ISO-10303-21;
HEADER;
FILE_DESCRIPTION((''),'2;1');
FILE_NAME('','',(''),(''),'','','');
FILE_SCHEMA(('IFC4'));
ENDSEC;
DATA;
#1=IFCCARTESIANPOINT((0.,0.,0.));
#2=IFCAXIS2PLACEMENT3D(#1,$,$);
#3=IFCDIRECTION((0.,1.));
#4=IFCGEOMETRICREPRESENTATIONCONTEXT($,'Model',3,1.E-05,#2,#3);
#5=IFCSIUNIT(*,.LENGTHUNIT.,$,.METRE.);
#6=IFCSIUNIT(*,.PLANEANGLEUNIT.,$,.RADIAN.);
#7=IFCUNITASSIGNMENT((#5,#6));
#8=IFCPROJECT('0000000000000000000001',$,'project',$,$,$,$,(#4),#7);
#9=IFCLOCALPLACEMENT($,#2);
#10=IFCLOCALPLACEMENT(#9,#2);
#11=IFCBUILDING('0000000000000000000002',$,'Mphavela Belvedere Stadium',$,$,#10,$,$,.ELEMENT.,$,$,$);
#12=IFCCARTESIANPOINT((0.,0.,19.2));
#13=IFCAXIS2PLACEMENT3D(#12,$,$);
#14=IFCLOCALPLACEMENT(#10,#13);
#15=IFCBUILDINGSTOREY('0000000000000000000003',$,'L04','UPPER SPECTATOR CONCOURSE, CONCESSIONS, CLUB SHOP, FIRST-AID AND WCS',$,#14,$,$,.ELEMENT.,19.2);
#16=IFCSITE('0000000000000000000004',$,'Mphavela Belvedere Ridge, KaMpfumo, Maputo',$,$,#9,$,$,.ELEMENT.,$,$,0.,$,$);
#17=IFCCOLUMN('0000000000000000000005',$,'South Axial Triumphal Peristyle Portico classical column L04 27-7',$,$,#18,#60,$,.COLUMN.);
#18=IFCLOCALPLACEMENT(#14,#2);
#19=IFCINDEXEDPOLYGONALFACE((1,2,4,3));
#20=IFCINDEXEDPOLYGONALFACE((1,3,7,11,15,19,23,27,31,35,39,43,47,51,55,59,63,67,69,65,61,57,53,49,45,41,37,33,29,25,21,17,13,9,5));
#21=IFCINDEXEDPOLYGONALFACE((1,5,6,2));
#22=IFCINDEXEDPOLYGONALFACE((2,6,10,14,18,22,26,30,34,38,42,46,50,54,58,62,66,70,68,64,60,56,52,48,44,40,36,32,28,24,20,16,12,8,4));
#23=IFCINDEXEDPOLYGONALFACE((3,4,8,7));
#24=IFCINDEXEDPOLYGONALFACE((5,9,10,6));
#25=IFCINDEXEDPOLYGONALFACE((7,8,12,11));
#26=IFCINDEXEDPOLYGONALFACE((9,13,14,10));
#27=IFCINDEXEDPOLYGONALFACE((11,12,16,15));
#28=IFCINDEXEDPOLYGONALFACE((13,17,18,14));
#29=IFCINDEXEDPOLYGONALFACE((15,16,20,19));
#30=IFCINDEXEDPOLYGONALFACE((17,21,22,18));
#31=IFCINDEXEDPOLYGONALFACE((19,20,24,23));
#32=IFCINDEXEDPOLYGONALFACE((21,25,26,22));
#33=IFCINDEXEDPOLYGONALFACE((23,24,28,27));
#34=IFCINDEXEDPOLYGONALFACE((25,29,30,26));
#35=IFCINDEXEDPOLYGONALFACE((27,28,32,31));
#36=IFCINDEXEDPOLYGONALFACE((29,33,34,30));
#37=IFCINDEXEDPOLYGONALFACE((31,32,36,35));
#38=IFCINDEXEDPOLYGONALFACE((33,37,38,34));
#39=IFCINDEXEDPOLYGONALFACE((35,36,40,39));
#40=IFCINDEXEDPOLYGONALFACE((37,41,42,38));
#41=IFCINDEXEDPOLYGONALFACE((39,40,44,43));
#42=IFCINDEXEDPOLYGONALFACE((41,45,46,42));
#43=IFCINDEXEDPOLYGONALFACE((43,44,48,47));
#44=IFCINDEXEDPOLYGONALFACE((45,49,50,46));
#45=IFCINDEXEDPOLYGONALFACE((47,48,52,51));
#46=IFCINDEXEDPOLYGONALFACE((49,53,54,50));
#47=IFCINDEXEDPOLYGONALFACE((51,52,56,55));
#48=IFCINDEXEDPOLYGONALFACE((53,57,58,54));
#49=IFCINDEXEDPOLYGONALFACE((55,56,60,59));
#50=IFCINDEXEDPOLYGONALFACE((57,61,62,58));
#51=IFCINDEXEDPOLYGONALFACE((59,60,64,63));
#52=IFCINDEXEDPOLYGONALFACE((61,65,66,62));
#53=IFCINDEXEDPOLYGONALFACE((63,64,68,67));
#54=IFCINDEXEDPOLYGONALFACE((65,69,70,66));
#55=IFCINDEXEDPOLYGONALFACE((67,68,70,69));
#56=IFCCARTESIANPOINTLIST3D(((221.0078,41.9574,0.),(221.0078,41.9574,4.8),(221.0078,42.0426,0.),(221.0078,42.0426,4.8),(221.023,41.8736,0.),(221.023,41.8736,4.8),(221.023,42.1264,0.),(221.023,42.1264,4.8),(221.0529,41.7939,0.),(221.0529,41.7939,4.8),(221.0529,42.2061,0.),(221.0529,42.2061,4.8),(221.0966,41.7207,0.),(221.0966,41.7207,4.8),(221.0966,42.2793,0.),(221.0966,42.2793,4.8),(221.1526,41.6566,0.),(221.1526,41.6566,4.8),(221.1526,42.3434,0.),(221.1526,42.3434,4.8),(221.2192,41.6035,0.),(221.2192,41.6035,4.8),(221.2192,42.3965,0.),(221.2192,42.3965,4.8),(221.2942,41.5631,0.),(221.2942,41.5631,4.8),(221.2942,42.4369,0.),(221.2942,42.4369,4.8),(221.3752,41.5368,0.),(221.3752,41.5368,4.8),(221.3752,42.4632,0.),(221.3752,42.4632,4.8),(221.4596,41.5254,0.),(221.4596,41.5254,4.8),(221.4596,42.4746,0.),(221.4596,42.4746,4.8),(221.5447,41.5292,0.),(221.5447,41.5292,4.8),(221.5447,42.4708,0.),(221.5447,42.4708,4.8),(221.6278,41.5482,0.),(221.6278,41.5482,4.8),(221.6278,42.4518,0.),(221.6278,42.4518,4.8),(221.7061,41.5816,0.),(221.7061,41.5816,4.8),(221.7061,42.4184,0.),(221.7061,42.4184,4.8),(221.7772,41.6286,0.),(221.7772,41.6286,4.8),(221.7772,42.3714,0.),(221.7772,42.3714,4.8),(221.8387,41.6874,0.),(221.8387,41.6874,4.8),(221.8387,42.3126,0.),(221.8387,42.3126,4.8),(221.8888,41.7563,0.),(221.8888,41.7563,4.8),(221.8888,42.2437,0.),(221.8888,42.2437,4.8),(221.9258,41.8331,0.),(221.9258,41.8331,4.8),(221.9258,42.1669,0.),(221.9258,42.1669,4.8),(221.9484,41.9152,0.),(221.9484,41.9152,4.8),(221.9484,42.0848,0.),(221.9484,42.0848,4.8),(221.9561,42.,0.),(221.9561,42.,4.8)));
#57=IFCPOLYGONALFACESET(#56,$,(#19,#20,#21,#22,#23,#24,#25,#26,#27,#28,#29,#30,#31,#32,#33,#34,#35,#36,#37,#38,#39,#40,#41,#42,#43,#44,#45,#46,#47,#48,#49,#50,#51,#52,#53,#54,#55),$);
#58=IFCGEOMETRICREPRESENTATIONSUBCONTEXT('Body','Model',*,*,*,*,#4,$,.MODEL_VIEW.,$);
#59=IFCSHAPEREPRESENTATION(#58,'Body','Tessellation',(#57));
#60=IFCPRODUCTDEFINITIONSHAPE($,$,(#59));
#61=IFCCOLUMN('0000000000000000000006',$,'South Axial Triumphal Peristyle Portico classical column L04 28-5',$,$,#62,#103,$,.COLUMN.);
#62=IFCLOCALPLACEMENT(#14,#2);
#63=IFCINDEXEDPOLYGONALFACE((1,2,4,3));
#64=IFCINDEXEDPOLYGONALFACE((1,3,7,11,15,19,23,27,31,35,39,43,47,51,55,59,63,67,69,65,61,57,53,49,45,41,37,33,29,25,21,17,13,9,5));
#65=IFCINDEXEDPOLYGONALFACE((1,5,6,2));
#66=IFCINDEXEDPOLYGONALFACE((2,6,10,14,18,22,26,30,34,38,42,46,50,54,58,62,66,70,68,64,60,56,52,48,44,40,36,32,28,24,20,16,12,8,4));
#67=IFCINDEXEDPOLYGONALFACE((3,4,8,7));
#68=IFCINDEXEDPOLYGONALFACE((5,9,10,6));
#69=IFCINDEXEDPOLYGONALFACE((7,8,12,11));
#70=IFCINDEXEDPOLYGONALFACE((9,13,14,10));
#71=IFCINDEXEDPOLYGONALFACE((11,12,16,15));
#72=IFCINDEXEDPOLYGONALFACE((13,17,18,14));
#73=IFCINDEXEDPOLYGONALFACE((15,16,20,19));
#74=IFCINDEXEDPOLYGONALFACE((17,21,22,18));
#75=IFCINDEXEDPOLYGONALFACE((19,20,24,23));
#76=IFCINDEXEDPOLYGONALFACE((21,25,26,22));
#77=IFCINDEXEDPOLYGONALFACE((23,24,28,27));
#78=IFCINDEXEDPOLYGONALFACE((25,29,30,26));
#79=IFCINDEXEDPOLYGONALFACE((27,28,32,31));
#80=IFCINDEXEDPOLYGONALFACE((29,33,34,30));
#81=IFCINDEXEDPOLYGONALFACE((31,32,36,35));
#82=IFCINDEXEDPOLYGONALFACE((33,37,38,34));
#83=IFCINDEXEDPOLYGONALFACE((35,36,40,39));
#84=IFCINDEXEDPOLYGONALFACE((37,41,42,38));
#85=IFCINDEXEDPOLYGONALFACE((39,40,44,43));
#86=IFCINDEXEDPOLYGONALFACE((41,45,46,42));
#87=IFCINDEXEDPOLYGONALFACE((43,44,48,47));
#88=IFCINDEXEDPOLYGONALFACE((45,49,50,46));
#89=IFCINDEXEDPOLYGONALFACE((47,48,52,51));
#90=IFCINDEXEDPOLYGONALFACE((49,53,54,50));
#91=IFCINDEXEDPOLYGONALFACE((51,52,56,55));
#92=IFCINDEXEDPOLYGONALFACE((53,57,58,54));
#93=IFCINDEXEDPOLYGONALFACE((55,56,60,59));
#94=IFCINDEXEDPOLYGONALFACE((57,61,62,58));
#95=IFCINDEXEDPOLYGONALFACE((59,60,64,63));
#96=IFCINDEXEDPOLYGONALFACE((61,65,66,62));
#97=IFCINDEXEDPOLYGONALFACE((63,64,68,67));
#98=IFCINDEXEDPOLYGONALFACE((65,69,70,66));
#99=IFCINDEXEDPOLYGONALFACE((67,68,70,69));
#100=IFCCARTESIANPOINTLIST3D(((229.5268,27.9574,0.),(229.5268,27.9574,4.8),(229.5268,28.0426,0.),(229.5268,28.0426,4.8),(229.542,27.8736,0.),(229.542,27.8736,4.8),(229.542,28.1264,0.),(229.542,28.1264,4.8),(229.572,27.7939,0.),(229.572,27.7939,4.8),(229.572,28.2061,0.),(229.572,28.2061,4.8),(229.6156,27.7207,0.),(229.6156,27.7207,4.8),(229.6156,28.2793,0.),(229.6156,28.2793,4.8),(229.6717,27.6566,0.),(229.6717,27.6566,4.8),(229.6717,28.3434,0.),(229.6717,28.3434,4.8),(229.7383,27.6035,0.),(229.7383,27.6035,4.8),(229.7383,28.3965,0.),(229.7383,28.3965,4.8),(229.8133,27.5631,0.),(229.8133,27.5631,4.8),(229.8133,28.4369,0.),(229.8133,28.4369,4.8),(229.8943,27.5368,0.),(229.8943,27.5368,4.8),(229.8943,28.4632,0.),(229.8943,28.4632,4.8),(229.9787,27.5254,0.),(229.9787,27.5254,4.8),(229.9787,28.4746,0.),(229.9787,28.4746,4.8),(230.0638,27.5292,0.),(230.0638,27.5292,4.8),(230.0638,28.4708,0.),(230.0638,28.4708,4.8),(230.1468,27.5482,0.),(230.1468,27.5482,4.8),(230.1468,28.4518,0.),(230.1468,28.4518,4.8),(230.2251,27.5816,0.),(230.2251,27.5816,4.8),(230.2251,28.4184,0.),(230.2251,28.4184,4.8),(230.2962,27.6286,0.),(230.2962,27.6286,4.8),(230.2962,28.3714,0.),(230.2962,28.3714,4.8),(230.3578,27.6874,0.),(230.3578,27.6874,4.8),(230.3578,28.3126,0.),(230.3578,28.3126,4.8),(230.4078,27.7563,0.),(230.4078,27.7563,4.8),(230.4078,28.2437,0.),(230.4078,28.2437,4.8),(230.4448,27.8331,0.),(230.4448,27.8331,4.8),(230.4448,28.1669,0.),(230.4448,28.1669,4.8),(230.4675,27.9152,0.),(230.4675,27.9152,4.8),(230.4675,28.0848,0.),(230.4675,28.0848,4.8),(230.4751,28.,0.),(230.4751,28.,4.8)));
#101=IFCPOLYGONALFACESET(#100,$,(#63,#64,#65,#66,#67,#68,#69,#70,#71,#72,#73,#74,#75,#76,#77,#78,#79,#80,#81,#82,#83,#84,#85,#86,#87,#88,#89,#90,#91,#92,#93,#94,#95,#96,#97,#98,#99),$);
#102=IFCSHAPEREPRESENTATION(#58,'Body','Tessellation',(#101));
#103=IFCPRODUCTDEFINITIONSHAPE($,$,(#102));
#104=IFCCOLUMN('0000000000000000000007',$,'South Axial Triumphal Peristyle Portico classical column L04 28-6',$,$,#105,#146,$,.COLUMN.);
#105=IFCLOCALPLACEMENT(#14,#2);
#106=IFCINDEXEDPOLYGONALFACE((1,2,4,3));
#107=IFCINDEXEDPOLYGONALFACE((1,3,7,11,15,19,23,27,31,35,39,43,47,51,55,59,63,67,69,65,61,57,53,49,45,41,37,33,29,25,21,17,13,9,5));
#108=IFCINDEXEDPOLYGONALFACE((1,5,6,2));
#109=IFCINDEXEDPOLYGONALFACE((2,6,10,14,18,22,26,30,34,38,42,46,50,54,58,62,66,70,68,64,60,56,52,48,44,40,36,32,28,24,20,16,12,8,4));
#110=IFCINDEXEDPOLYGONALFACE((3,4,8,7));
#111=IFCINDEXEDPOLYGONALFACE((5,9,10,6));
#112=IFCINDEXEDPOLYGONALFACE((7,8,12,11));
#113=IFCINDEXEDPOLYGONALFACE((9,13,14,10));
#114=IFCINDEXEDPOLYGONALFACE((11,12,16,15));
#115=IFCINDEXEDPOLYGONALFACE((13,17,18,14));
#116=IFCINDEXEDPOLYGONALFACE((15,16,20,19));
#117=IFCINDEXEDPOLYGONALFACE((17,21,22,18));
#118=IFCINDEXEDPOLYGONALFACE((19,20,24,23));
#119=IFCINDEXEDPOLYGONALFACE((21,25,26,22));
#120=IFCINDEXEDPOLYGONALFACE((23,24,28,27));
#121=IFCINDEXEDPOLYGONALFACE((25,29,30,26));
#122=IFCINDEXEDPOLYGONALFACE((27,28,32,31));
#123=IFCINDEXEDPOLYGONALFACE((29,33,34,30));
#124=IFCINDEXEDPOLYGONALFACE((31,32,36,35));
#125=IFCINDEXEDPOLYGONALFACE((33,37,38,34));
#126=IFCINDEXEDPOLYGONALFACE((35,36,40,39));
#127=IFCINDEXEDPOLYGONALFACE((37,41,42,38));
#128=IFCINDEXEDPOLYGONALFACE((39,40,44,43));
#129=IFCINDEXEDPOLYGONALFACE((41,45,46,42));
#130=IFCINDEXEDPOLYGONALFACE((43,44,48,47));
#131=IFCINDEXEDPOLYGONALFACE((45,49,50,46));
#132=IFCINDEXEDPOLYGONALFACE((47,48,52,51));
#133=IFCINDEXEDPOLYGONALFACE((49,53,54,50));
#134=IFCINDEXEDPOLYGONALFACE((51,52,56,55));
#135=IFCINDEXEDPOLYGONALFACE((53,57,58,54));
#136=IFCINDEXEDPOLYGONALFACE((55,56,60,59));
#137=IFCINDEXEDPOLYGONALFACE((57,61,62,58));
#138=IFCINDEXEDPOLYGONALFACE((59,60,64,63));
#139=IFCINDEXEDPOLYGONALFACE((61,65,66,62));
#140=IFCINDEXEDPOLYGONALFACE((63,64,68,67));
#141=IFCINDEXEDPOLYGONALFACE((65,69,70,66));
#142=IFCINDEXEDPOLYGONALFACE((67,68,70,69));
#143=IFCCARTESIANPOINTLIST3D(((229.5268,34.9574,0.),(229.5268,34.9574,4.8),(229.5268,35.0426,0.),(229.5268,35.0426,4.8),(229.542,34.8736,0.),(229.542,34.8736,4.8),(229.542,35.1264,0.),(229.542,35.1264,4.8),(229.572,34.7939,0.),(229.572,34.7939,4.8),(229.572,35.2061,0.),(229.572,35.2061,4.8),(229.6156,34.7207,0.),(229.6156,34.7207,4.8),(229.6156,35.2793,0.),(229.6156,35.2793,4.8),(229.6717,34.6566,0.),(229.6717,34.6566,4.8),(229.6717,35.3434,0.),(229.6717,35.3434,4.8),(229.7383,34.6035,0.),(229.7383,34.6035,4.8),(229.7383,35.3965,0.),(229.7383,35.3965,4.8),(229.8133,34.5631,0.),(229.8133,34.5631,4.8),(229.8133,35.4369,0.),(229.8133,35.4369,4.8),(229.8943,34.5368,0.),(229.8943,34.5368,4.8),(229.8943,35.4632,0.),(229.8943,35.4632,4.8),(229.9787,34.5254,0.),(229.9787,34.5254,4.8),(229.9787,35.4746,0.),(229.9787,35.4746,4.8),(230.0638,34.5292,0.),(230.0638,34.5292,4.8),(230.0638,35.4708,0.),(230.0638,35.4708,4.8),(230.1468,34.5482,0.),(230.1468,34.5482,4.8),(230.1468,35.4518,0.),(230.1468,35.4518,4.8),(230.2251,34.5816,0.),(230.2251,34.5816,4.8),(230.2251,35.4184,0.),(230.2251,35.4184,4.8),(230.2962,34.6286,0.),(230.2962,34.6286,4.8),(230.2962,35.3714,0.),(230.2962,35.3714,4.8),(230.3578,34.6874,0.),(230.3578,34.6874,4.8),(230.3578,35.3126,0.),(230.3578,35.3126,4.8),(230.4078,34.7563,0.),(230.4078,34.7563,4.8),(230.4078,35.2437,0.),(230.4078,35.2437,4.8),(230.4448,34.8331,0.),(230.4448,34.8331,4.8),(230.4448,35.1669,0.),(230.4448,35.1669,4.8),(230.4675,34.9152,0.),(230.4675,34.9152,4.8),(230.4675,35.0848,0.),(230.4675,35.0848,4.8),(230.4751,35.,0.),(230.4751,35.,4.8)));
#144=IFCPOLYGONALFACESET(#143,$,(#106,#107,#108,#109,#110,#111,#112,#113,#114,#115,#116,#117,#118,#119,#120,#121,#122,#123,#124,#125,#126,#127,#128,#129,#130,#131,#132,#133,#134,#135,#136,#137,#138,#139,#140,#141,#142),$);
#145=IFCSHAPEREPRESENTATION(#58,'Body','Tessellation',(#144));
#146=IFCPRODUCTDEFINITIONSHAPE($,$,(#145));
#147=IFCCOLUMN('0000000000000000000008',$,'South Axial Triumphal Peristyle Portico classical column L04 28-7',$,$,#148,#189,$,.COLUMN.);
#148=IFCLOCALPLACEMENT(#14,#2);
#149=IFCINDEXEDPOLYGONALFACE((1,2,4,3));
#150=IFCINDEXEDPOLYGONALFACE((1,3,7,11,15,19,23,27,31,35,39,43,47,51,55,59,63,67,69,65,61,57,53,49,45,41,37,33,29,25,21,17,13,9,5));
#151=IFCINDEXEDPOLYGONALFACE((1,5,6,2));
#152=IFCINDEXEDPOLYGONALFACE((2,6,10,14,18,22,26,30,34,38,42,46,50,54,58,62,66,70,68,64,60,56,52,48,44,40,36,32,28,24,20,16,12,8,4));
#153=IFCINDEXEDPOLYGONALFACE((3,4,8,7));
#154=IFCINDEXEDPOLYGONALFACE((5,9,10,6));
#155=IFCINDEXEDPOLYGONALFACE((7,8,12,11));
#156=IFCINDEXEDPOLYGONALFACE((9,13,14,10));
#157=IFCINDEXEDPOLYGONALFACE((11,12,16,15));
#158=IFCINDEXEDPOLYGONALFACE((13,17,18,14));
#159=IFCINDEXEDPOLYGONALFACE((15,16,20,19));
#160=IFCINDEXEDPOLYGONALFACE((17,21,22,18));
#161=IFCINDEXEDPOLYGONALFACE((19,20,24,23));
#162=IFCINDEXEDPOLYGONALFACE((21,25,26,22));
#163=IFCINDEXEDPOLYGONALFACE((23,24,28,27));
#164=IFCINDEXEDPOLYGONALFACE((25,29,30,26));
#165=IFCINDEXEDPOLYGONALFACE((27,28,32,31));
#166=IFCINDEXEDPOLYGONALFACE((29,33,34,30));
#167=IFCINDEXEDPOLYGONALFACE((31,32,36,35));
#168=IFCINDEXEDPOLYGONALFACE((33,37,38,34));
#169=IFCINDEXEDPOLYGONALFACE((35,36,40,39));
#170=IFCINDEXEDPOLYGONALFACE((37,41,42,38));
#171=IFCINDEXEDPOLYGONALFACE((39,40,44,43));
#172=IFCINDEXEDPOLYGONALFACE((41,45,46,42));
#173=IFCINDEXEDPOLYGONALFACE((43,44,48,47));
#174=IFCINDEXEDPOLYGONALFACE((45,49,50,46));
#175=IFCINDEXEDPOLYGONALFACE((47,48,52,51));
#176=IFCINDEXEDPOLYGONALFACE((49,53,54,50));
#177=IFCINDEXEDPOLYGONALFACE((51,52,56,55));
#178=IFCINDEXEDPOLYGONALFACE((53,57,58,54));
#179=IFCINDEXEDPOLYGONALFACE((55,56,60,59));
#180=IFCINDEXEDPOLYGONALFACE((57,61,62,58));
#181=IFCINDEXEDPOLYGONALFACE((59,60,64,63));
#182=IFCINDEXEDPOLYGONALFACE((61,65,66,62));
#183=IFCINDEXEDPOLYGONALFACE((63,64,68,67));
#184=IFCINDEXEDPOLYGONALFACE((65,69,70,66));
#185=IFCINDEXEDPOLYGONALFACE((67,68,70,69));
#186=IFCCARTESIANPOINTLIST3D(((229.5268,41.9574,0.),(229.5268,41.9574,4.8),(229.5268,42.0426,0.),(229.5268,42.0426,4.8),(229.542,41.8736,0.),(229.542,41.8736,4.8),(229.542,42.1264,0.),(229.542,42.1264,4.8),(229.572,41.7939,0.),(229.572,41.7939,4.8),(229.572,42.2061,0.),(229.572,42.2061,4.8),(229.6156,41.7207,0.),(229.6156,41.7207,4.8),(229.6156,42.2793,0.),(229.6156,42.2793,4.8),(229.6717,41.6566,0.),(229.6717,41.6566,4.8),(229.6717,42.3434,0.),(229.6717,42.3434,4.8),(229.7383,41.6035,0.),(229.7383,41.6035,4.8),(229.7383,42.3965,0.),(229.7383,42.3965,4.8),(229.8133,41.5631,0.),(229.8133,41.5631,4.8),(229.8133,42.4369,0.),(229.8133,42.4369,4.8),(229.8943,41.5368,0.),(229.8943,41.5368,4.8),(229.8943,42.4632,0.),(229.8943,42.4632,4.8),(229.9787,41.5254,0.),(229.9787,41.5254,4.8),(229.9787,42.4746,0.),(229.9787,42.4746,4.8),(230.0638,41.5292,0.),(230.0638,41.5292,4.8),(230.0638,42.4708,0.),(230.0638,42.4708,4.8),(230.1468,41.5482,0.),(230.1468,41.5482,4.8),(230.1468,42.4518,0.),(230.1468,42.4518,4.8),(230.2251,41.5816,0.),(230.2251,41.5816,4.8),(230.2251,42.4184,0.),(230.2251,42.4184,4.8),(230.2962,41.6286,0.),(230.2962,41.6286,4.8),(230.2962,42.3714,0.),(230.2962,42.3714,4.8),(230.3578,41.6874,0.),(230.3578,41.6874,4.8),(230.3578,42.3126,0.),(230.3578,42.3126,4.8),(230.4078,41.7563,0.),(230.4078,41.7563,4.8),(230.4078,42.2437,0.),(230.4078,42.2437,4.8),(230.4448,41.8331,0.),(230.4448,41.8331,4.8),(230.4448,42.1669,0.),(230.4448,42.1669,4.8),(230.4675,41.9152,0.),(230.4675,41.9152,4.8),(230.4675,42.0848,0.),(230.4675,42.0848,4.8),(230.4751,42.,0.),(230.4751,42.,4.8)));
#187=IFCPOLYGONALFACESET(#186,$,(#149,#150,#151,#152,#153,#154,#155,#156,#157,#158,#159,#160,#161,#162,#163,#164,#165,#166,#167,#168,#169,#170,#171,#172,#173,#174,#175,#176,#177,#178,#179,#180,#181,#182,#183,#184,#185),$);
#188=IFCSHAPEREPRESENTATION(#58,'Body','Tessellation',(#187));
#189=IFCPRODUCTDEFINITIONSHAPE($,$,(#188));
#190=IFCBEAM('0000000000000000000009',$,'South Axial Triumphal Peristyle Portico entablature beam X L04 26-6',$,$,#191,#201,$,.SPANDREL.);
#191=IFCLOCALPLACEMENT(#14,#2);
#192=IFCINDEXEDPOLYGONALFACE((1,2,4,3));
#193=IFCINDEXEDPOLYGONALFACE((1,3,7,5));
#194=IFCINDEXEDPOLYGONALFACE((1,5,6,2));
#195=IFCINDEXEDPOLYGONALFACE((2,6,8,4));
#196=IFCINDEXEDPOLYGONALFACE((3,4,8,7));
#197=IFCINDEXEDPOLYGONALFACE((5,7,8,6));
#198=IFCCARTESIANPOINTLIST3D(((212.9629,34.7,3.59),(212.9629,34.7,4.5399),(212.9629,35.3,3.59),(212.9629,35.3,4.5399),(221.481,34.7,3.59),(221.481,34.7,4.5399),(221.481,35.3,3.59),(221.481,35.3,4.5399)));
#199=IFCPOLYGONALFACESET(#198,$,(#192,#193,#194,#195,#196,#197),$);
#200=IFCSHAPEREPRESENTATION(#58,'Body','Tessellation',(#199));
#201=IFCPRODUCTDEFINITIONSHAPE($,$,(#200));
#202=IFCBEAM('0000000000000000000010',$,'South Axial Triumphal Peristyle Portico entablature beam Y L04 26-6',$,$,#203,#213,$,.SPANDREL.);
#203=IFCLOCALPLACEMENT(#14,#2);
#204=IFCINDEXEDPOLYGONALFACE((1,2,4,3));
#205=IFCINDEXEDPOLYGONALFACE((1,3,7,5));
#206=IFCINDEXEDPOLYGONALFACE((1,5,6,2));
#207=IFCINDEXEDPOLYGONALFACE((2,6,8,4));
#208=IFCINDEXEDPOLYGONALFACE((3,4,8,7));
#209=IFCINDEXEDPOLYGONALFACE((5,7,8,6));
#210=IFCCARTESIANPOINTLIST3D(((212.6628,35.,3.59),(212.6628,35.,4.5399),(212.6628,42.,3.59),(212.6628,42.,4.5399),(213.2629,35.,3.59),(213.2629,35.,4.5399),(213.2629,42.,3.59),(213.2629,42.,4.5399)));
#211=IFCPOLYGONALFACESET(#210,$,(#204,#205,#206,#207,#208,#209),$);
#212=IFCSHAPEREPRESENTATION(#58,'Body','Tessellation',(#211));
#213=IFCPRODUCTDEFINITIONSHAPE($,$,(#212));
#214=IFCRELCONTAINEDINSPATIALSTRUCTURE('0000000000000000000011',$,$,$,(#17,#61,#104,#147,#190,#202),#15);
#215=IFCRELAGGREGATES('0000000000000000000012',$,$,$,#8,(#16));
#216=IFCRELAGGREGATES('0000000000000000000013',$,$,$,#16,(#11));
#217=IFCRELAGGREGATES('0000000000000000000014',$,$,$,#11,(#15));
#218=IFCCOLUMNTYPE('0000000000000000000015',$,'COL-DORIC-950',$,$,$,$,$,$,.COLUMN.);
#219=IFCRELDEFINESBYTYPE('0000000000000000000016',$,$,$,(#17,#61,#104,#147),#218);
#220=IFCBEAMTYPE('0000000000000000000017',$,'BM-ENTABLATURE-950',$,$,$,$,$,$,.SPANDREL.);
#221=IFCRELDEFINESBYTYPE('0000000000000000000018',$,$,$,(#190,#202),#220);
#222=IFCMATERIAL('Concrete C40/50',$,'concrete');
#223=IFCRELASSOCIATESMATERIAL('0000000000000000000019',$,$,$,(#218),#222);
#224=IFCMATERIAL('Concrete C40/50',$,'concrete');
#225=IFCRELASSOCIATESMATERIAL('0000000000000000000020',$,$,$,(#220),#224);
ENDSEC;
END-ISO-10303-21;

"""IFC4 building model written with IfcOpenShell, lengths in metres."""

from ifc_helpers import new_model, si_unit, direction, frame, origin, origin_2d, place, context, subcontext, project, spatial, rectangle, circle, extrude, material, material_profile, profile_set, type_object, element, save


model = new_model("IFC4")

# Units and contexts
model_context = context("Model", 3, precision=1e-05, world=origin(), true_north=direction((0.0, 1.0)))
body_context = subcontext(model_context, "Body", "Model", "MODEL_VIEW")
ifc_project = project(units=[si_unit("LENGTHUNIT", "METRE"), si_unit("PLANEANGLEUNIT", "RADIAN")], contexts=[model_context])

# Site, building, storey
site_placement = place(None, origin())
site = spatial("IfcSite", under=ifc_project, at=site_placement, Name="Mphavela Belvedere Ridge, KaMpfumo, Maputo", CompositionType="ELEMENT", RefElevation=0.0)
building_placement = place(site_placement, origin())
building = spatial("IfcBuilding", under=site, at=building_placement, Name="Mphavela Belvedere Stadium", CompositionType="ELEMENT")
storey_placement = place(building_placement, frame((0.0, 0.0, 19.2)))
storey = spatial("IfcBuildingStorey", under=building, at=storey_placement, Name="L04", Description="UPPER SPECTATOR CONCOURSE, CONCESSIONS, CLUB SHOP, FIRST-AID AND WCS", CompositionType="ELEMENT", Elevation=19.2)

# Columns
ifc_material_1 = material(Name="Concrete C40/50", Category="concrete")
ifc_material_profile_1 = material_profile(ifc_material_1, circle(Radius=0.4751, at=origin_2d()), Name="COL D950")
ifc_profile_set_1 = profile_set([ifc_material_profile_1], Name="Concrete C40/50")
column_type = type_object("IfcColumnType", Name="COL-DORIC-950", PredefinedType="COLUMN", material=ifc_profile_set_1)
for number, where, z_axis, x_axis, name in (
    (1, (221.481, 42.0, 0.0), (0.0, 0.0, 1.0), (1.0, 0.0, 0.0), "South Axial Triumphal Peristyle Portico classical column L04 27-7"),
    (2, (230.0, 28.0, 0.0), (0.0, 0.0, 1.0), (1.0, 0.0, 0.0), "South Axial Triumphal Peristyle Portico classical column L04 28-5"),
    (3, (230.0, 35.0, 0.0), (0.0, 0.0, 1.0), (1.0, 0.0, 0.0), "South Axial Triumphal Peristyle Portico classical column L04 28-6"),
    (4, (230.0, 42.0, 0.0), (0.0, 0.0, 1.0), (1.0, 0.0, 0.0), "South Axial Triumphal Peristyle Portico classical column L04 28-7"),
):
    element("IfcColumn", number, at=place(storey_placement, frame(where, z_axis=z_axis, x_axis=x_axis)), inside=storey, type_object=column_type, Name=name, PredefinedType="COLUMN", context=body_context, shape_type="SweptSolid", body=[
        extrude(circle(Radius=0.4751, at=origin_2d()), origin(), (0.0, 0.0, 1.0), 4.8),
    ])

# Beams
ifc_material_2 = material(Name="Concrete C40/50", Category="concrete")
ifc_material_profile_2 = material_profile(ifc_material_2, rectangle(XDim=0.6001, YDim=0.95, at=origin_2d()), Name="RC 600x950")
ifc_profile_set_2 = profile_set([ifc_material_profile_2], Name="Concrete C40/50")
beam_type_1 = type_object("IfcBeamType", Name="BM-ENTABLATURE-950", PredefinedType="SPANDREL", material=ifc_profile_set_2)
beam_1_placement = place(storey_placement, frame((212.9629, 35.0, 4.0649), z_axis=(1.0, 0.0, 0.0), x_axis=(0.0, 1.0, 0.0)))
element("IfcBeam", 5, at=beam_1_placement, inside=storey, type_object=beam_type_1, Name="South Axial Triumphal Peristyle Portico entablature beam X L04 26-6", PredefinedType="SPANDREL", context=body_context, shape_type="SweptSolid", body=[
    extrude(rectangle(XDim=0.6001, YDim=0.95, at=origin_2d()), origin(), (0.0, 0.0, 1.0), 8.5181),
])
beam_2_placement = place(storey_placement, frame((212.9629, 35.0, 4.0649), z_axis=(0.0, 1.0, 0.0), x_axis=(-1.0, 0.0, 0.0)))
element("IfcBeam", 6, at=beam_2_placement, inside=storey, type_object=beam_type_1, Name="South Axial Triumphal Peristyle Portico entablature beam Y L04 26-6", PredefinedType="SPANDREL", context=body_context, shape_type="SweptSolid", body=[
    extrude(rectangle(XDim=0.6001, YDim=0.95, at=origin_2d()), origin(), (0.0, 0.0, 1.0), 7.0),
])

save(model, "model.ifc")
